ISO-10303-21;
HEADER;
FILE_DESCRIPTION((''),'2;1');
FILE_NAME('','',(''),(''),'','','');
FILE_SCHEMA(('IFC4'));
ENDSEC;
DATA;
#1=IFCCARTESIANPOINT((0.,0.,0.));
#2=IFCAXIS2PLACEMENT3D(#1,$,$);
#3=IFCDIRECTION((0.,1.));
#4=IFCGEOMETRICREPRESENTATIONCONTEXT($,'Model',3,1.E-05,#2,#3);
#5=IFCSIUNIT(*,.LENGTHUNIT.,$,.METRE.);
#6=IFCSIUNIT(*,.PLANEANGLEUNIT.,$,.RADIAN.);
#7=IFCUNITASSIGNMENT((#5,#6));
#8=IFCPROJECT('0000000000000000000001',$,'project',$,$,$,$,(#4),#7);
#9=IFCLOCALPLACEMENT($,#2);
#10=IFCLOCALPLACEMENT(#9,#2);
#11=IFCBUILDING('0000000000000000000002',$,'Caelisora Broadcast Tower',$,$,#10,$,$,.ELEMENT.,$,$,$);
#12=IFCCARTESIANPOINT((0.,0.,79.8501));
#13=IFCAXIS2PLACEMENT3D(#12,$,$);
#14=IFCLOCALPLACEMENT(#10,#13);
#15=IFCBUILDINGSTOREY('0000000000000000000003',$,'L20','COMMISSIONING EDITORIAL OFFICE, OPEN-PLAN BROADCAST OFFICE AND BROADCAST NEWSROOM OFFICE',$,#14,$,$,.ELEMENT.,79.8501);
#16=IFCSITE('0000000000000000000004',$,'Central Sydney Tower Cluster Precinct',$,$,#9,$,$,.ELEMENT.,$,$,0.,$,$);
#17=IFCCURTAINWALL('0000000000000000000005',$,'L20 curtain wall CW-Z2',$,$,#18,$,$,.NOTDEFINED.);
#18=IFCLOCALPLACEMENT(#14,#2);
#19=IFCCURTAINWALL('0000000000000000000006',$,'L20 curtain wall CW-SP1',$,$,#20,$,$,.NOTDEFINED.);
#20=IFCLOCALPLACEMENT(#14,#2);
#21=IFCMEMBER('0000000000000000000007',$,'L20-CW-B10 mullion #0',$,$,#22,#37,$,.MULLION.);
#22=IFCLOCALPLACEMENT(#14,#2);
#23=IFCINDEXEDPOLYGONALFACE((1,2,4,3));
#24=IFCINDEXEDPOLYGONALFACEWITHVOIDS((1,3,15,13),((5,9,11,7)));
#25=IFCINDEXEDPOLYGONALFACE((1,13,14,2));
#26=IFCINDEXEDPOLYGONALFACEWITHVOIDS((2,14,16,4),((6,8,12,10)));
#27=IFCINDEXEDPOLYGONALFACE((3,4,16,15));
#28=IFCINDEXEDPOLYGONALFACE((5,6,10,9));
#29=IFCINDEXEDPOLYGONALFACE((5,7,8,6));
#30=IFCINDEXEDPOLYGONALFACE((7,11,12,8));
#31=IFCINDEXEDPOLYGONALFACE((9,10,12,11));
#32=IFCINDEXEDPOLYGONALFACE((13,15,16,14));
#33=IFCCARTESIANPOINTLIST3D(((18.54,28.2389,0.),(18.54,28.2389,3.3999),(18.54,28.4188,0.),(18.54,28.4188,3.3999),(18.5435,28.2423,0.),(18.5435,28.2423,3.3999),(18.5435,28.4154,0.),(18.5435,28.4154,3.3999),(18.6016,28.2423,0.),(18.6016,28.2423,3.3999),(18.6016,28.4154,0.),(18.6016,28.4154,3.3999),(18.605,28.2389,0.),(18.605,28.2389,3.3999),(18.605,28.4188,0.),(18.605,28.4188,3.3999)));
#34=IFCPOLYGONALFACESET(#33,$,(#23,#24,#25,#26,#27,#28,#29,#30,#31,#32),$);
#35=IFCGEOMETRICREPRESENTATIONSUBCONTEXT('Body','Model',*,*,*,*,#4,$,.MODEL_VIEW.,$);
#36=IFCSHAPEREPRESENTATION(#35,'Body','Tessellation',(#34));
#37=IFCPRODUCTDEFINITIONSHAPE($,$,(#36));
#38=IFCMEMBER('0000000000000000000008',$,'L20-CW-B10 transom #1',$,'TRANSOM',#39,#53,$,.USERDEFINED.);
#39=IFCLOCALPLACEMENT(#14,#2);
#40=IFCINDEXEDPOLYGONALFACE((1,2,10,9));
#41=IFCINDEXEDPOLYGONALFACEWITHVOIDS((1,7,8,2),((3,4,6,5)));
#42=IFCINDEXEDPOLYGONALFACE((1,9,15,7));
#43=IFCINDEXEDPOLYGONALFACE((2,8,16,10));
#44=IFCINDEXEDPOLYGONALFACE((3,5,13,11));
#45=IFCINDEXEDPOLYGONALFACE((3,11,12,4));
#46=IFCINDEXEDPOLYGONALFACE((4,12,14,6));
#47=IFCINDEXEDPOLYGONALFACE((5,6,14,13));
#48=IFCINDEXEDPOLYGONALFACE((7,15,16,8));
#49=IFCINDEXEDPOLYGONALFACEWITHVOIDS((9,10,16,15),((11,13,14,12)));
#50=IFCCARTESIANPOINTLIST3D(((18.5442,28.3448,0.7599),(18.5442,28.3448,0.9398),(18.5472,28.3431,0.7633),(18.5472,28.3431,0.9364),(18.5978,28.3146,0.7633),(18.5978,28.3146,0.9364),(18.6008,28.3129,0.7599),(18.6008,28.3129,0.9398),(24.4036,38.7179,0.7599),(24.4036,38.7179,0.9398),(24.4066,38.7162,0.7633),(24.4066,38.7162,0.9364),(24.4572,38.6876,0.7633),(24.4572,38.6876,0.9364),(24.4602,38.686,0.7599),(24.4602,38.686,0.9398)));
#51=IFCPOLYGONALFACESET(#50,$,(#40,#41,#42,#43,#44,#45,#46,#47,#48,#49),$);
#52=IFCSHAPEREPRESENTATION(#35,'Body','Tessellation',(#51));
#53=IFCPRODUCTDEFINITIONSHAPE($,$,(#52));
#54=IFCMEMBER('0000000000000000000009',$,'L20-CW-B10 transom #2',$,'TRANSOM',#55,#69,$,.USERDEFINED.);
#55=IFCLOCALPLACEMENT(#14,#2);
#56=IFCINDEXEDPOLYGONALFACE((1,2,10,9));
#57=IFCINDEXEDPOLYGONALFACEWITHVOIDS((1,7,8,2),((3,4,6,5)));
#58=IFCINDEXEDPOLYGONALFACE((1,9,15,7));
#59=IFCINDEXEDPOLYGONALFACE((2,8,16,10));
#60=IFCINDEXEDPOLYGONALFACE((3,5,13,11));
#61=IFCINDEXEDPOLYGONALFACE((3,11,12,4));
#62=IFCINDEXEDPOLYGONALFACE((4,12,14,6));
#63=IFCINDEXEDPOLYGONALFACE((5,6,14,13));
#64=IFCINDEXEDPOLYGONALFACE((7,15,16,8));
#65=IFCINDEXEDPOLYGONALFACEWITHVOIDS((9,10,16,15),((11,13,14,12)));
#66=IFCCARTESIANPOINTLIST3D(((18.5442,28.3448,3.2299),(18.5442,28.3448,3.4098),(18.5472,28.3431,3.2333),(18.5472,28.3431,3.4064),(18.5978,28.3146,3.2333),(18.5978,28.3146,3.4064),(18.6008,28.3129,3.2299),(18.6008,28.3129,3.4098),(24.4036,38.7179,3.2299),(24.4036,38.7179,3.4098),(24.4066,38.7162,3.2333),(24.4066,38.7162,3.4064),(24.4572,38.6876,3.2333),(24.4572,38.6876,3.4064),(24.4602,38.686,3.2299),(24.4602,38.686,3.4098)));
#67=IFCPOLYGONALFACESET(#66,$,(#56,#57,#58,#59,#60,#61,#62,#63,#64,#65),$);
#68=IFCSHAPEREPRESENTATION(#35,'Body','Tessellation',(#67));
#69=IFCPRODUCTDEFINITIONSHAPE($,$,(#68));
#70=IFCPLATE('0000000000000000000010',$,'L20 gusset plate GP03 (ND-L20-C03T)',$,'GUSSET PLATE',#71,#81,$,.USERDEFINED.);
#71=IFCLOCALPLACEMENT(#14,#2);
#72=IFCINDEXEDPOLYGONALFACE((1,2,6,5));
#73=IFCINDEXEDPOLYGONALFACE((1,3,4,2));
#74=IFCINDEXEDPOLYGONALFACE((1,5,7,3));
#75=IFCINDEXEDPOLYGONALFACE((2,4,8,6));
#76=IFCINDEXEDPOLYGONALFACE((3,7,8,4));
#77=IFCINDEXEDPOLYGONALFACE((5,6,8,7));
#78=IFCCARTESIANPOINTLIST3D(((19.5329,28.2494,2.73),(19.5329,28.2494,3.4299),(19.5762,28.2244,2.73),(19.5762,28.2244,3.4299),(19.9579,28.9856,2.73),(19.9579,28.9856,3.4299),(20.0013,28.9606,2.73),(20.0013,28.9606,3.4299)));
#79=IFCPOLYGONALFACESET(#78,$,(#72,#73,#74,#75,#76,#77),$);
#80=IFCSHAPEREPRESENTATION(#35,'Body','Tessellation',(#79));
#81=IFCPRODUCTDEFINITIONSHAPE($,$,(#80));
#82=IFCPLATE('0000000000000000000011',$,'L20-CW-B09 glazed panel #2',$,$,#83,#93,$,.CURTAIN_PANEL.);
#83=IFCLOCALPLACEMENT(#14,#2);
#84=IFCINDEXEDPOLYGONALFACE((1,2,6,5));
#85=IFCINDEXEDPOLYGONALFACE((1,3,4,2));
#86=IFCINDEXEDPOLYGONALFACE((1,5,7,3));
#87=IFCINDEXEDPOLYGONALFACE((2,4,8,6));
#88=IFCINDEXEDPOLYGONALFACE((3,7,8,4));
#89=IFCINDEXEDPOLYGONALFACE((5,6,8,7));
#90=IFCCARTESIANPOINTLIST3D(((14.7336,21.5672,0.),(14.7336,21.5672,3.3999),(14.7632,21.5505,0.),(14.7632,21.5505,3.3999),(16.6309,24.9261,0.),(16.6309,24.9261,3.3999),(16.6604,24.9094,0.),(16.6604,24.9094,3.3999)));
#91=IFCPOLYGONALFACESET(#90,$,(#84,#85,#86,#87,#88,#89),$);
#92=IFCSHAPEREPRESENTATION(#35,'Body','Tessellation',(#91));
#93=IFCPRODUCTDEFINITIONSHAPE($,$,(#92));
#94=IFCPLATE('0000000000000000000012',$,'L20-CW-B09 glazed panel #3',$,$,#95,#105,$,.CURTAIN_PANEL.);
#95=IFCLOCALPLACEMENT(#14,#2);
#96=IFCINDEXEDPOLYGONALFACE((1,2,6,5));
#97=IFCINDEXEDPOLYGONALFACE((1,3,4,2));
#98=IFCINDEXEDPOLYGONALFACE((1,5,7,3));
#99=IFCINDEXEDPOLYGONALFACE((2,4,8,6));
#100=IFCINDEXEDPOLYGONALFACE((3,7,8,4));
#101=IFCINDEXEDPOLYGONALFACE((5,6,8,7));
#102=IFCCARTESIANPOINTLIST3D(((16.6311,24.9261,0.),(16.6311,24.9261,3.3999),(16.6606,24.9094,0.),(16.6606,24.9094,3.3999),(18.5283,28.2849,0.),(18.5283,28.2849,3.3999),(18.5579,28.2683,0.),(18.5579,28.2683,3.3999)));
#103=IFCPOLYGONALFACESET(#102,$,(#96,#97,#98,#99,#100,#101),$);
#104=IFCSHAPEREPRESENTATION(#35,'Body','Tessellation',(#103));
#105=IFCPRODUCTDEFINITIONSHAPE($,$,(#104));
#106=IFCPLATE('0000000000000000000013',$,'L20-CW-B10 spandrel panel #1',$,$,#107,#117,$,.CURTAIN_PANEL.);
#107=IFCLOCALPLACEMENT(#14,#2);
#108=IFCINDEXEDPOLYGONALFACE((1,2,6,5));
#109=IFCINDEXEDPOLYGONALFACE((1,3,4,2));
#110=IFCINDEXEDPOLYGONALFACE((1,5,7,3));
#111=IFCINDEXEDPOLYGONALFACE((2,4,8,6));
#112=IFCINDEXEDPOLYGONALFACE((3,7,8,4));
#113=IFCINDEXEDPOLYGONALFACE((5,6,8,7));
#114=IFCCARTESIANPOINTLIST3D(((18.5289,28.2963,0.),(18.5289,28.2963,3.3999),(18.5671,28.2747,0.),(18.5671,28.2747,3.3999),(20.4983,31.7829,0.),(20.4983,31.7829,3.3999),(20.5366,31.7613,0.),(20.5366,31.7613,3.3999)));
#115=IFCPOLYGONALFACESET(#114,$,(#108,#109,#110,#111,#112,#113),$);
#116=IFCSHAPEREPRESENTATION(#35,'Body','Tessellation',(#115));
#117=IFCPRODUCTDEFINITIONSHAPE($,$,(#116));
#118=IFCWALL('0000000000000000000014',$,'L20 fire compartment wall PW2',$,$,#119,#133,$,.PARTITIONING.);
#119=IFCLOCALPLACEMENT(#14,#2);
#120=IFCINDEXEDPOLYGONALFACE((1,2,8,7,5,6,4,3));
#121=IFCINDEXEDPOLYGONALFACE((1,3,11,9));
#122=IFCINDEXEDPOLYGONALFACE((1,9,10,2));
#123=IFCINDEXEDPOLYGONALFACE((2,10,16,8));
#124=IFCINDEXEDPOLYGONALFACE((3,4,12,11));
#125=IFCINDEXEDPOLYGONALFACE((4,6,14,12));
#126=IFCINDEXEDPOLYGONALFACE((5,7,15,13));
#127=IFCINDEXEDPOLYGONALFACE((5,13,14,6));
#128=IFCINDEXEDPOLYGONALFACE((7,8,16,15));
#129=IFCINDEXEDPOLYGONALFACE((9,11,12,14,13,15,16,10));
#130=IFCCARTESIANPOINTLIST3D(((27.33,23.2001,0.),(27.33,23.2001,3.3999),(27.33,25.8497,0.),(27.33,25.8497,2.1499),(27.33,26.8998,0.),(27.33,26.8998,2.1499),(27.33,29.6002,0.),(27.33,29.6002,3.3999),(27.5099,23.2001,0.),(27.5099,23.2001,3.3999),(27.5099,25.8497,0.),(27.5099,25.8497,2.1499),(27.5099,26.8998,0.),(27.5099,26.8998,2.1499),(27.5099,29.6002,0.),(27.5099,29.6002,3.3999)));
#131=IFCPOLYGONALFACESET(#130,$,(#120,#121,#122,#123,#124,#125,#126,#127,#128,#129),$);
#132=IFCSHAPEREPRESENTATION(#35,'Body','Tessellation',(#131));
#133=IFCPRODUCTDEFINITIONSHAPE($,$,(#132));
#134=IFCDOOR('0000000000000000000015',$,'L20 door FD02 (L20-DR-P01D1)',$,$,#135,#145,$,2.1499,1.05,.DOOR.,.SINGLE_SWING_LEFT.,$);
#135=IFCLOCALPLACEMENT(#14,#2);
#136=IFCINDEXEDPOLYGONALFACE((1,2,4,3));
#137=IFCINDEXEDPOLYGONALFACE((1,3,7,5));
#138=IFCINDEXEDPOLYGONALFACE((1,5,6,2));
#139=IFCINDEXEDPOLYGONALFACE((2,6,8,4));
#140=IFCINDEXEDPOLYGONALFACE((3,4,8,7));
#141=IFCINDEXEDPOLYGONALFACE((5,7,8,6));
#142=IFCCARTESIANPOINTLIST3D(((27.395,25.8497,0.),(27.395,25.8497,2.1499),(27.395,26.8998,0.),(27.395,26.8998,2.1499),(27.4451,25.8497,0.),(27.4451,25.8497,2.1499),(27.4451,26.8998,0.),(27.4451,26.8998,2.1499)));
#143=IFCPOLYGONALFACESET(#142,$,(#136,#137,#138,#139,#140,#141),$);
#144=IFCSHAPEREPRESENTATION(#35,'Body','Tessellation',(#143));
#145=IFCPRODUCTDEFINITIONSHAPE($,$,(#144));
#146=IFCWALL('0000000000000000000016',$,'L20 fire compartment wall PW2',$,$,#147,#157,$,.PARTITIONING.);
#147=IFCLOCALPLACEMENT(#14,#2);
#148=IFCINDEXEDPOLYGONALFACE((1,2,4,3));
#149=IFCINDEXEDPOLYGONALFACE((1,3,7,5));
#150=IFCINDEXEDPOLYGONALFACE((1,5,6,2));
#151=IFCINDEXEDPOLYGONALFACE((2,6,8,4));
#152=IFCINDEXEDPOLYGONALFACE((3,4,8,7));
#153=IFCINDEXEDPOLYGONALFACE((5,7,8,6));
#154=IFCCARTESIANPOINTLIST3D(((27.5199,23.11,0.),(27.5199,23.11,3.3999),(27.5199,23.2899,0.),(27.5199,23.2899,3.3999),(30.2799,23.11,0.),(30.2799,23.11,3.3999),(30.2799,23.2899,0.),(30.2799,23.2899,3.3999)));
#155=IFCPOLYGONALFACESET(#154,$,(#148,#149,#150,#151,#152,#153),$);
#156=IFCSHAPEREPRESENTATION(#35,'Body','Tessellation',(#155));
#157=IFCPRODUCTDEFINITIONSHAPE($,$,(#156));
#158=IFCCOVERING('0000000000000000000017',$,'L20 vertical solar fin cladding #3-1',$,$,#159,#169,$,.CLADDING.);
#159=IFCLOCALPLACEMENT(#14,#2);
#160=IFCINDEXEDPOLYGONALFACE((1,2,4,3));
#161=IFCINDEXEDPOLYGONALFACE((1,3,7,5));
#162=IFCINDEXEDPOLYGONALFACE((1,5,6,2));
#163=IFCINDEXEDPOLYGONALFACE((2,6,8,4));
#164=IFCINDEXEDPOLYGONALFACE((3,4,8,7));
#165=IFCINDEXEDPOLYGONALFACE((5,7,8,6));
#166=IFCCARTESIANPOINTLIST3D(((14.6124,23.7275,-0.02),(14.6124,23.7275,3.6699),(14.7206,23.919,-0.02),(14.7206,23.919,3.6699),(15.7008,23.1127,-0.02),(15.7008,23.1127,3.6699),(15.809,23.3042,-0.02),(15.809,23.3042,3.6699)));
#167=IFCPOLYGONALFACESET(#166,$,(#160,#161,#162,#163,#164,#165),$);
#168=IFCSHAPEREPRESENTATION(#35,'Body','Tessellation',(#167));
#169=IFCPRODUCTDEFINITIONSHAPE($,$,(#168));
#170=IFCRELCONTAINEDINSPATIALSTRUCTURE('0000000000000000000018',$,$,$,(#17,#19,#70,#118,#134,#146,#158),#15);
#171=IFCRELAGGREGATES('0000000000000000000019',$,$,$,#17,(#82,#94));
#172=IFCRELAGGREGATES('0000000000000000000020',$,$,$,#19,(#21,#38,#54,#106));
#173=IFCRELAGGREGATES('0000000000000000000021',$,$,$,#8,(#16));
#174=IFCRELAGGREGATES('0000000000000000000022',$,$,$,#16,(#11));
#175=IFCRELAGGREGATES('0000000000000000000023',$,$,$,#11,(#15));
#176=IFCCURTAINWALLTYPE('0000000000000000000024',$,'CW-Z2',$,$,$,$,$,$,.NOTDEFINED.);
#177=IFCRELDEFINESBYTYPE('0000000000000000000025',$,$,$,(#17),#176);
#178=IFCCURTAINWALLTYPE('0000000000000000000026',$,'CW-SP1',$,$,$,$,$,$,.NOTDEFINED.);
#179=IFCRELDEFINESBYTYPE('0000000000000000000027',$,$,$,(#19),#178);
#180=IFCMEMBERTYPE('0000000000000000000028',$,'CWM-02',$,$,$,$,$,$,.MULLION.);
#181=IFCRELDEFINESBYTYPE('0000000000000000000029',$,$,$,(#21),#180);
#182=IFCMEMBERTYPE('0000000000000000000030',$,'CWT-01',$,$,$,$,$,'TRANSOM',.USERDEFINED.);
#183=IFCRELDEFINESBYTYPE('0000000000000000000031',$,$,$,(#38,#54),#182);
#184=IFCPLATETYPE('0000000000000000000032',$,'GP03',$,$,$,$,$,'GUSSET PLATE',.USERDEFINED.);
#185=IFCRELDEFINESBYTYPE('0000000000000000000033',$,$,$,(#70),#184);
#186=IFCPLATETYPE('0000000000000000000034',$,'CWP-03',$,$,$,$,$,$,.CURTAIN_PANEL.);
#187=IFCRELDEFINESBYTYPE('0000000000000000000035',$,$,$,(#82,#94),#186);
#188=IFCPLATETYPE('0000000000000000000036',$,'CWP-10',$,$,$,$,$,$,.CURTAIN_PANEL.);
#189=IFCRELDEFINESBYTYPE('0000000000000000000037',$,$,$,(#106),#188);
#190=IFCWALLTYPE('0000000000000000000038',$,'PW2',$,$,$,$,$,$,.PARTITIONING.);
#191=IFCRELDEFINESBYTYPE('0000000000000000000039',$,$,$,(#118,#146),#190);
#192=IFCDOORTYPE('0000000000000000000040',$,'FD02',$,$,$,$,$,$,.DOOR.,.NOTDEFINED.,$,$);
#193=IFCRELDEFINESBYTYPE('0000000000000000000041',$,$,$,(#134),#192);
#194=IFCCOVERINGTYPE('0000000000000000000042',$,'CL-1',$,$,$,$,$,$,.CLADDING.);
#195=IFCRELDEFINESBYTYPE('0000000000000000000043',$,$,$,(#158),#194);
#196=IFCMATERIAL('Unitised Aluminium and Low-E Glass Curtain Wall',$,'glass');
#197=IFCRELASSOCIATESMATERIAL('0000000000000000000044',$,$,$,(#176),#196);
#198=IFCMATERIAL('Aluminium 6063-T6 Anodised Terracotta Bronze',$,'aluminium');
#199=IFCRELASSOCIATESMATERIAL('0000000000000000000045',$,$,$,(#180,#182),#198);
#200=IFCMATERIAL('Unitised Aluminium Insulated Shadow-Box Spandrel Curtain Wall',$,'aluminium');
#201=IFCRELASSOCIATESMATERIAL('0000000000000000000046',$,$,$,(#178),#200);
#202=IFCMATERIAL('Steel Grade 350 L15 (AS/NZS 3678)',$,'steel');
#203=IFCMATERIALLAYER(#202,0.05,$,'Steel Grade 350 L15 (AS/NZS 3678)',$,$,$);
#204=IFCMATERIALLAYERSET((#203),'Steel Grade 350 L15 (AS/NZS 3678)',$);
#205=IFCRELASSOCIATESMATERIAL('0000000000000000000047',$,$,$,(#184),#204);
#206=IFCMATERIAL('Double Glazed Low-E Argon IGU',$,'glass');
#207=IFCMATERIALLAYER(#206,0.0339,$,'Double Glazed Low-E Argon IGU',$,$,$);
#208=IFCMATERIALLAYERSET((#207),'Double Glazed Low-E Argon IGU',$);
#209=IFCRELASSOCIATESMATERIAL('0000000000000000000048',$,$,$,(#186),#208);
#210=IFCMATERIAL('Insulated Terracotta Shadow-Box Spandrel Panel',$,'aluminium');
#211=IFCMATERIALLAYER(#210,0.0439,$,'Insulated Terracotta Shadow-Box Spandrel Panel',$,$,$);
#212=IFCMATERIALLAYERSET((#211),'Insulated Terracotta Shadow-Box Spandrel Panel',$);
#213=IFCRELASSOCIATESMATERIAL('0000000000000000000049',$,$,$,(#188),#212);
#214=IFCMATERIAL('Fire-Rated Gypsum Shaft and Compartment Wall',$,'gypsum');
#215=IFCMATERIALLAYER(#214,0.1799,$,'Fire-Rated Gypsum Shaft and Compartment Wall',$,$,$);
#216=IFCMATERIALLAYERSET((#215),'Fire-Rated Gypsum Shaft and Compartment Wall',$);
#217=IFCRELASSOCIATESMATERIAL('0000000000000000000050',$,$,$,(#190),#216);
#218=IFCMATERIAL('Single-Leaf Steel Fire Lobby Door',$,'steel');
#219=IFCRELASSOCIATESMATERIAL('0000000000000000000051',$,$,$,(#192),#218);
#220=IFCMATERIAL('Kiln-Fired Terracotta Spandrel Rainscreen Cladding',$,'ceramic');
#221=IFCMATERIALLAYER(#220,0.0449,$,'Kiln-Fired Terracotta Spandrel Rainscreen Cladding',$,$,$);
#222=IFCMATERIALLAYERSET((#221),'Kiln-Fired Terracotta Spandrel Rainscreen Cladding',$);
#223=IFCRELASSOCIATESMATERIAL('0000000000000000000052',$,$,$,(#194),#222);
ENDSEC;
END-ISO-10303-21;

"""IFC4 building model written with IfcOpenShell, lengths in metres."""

from ifc_helpers import new_model, si_unit, direction, frame, frame_2d, origin, origin_2d, place, context, subcontext, project, spatial, rectangle, hollow_rectangle, extrude, source, transform, mapped, material, layer, layer_set, material_profile, profile_set, type_object, type_shapes, element, fill, aggregate, save


model = new_model("IFC4")

# Units and contexts
model_context = context("Model", 3, precision=1e-05, world=origin(), true_north=direction((0.0, 1.0)))
body_context = subcontext(model_context, "Body", "Model", "MODEL_VIEW")
ifc_project = project(units=[si_unit("LENGTHUNIT", "METRE"), si_unit("PLANEANGLEUNIT", "RADIAN")], contexts=[model_context])

# Site, building, storey
site_placement = place(None, origin())
site = spatial("IfcSite", under=ifc_project, at=site_placement, Name="Central Sydney Tower Cluster Precinct", CompositionType="ELEMENT", RefElevation=0.0)
building_placement = place(site_placement, origin())
building = spatial("IfcBuilding", under=site, at=building_placement, Name="Caelisora Broadcast Tower", CompositionType="ELEMENT")
storey_placement = place(building_placement, frame((0.0, 0.0, 79.8501)))
storey = spatial("IfcBuildingStorey", under=building, at=storey_placement, Name="L20", Description="COMMISSIONING EDITORIAL OFFICE, OPEN-PLAN BROADCAST OFFICE AND BROADCAST NEWSROOM OFFICE", CompositionType="ELEMENT", Elevation=79.8501)

# Shared definitions
ifc_material_1 = material(Name="Steel Grade 350 L15 (AS/NZS 3678)", Category="steel")

# Curtain walls, members
ifc_material_2 = material(Name="Unitised Aluminium and Low-E Glass Curtain Wall", Category="glass")
curtain_wall_type_1 = type_object("IfcCurtainWallType", Name="CW-Z2", PredefinedType="NOTDEFINED", material=ifc_material_2)
curtain_wall_1_placement = place(storey_placement, origin())
curtain_wall_1 = element("IfcCurtainWall", 1, at=curtain_wall_1_placement, inside=storey, type_object=curtain_wall_type_1, Name="L20 curtain wall CW-Z2", PredefinedType="NOTDEFINED")
ifc_material_3 = material(Name="Aluminium 6063-T6 Anodised Terracotta Bronze", Category="aluminium")
ifc_material_profile_1 = material_profile(ifc_material_3, hollow_rectangle(XDim=0.0649, YDim=0.1799, WallThickness=0.0034, at=origin_2d()), Name="Aluminium 6063-T6 Anodised Terracotta Bronze")
ifc_profile_set_1 = profile_set([ifc_material_profile_1], Name="Aluminium 6063-T6 Anodised Terracotta Bronze")
member_type_1 = type_object("IfcMemberType", Name="CWM-02", PredefinedType="MULLION", material=ifc_profile_set_1)
shared_shape_1 = source(origin(), body_context, "Body", "SweptSolid", [
    extrude(hollow_rectangle(XDim=0.0649, YDim=0.1799, WallThickness=0.0034, at=origin_2d()), origin(), (0.0, 0.0, 1.0), 3.3999),
])
type_shapes(member_type_1, [shared_shape_1])
ifc_material_4 = material(Name="Unitised Aluminium Insulated Shadow-Box Spandrel Curtain Wall", Category="aluminium")
curtain_wall_type_2 = type_object("IfcCurtainWallType", Name="CW-SP1", PredefinedType="NOTDEFINED", material=ifc_material_4)
curtain_wall_2_placement = place(storey_placement, origin())
curtain_wall_2 = element("IfcCurtainWall", 2, at=curtain_wall_2_placement, inside=storey, type_object=curtain_wall_type_2, Name="L20 curtain wall CW-SP1", PredefinedType="NOTDEFINED")
member_1_placement = place(storey_placement, frame((18.5725, 28.3289, 0.0), z_axis=(0.0, 0.0, 1.0), x_axis=(1.0, 0.0, 0.0)))
member_1 = element("IfcMember", 3, at=member_1_placement, type_object=member_type_1, Name="L20-CW-B10 mullion #0", PredefinedType="MULLION", context=body_context, shape_type="MappedRepresentation", body=[
    mapped(shared_shape_1, transform((0.0, 0.0, 0.0), scale=1.0)),
])
ifc_material_profile_2 = material_profile(ifc_material_3, hollow_rectangle(XDim=0.0649, YDim=0.1799, WallThickness=0.0034, at=origin_2d()), Name="Aluminium 6063-T6 Anodised Terracotta Bronze")
ifc_profile_set_2 = profile_set([ifc_material_profile_2], Name="Aluminium 6063-T6 Anodised Terracotta Bronze")
member_type_2 = type_object("IfcMemberType", Name="CWT-01", ElementType="TRANSOM", PredefinedType="USERDEFINED", material=ifc_profile_set_2)
shared_shape_2 = source(origin(), body_context, "Body", "SweptSolid", [
    extrude(hollow_rectangle(XDim=0.0649, YDim=0.1799, WallThickness=0.0034, at=origin_2d()), origin(), (0.0, 0.0, 1.0), 11.9136),
])
type_shapes(member_type_2, [shared_shape_2])
member_2_placement = place(storey_placement, frame((18.5725, 28.3289, 0.8499), z_axis=(0.491825, 0.870694, 0.0), x_axis=(-0.870694, 0.491825, 0.0)))
member_2 = element("IfcMember", 4, at=member_2_placement, type_object=member_type_2, Name="L20-CW-B10 transom #1", ObjectType="TRANSOM", PredefinedType="USERDEFINED", context=body_context, shape_type="MappedRepresentation", body=[
    mapped(shared_shape_2, transform((0.0, 0.0, 0.0), scale=1.0)),
])
member_3_placement = place(storey_placement, frame((18.5725, 28.3289, 3.3198), z_axis=(0.491825, 0.870694, 0.0), x_axis=(-0.870694, 0.491825, 0.0)))
member_3 = element("IfcMember", 5, at=member_3_placement, type_object=member_type_2, Name="L20-CW-B10 transom #2", ObjectType="TRANSOM", PredefinedType="USERDEFINED", context=body_context, shape_type="MappedRepresentation", body=[
    mapped(shared_shape_2, transform((0.0, 0.0, 0.0), scale=1.0)),
])

# Plates
ifc_layer_1 = layer(ifc_material_1, 0.05, Name="Steel Grade 350 L15 (AS/NZS 3678)")
ifc_layer_set_1 = layer_set([ifc_layer_1], Name="Steel Grade 350 L15 (AS/NZS 3678)")
plate_type_1 = type_object("IfcPlateType", Name="GP03", ElementType="GUSSET PLATE", PredefinedType="USERDEFINED", material=ifc_layer_set_1)
shared_shape_3 = source(origin(), body_context, "Body", "SweptSolid", [
    extrude(rectangle(XDim=0.8501, YDim=0.05, at=origin_2d()), origin(), (0.0, 0.0, 1.0), 0.7),
])
type_shapes(plate_type_1, [shared_shape_3])
plate_1_placement = place(storey_placement, frame((19.7671, 28.605, 2.73), z_axis=(0.0, 0.0, 1.0), x_axis=(-0.5, -0.866025, 0.0)))
element("IfcPlate", 6, at=plate_1_placement, inside=storey, type_object=plate_type_1, Name="L20 gusset plate GP03 (ND-L20-C03T)", ObjectType="GUSSET PLATE", PredefinedType="USERDEFINED", context=body_context, shape_type="MappedRepresentation", body=[
    mapped(shared_shape_3, transform((0.0, 0.0, 0.0), scale=1.0)),
])
ifc_material_5 = material(Name="Double Glazed Low-E Argon IGU", Category="glass")
ifc_layer_2 = layer(ifc_material_5, 0.0339, Name="Double Glazed Low-E Argon IGU")
ifc_layer_set_2 = layer_set([ifc_layer_2], Name="Double Glazed Low-E Argon IGU")
plate_type_2 = type_object("IfcPlateType", Name="CWP-03", PredefinedType="CURTAIN_PANEL", material=ifc_layer_set_2)
shared_shape_4 = source(origin(), body_context, "Body", "SweptSolid", [
    extrude(rectangle(XDim=3.8577, YDim=0.0339, at=origin_2d()), origin(), (0.0, 0.0, 1.0), 3.3999),
])
type_shapes(plate_type_2, [shared_shape_4])
plate_2_placement = place(storey_placement, frame((15.697, 23.2383, 0.0), z_axis=(0.0, 0.0, 1.0), x_axis=(0.491816, 0.870699, 0.0)))
plate_2 = element("IfcPlate", 7, at=plate_2_placement, type_object=plate_type_2, Name="L20-CW-B09 glazed panel #2", PredefinedType="CURTAIN_PANEL", context=body_context, shape_type="MappedRepresentation", body=[
    mapped(shared_shape_4, transform((0.0, 0.0, 0.0), scale=1.0)),
])
plate_3_placement = place(storey_placement, frame((17.5945, 26.5972, 0.0), z_axis=(0.0, 0.0, 1.0), x_axis=(0.491816, 0.870699, 0.0)))
plate_3 = element("IfcPlate", 8, at=plate_3_placement, type_object=plate_type_2, Name="L20-CW-B09 glazed panel #3", PredefinedType="CURTAIN_PANEL", context=body_context, shape_type="MappedRepresentation", body=[
    mapped(shared_shape_4, transform((0.0, 0.0, 0.0), scale=1.0)),
])
aggregate(curtain_wall_1, [plate_2, plate_3])
ifc_material_6 = material(Name="Insulated Terracotta Shadow-Box Spandrel Panel", Category="aluminium")
ifc_layer_3 = layer(ifc_material_6, 0.0439, Name="Insulated Terracotta Shadow-Box Spandrel Panel")
ifc_layer_set_3 = layer_set([ifc_layer_3], Name="Insulated Terracotta Shadow-Box Spandrel Panel")
plate_type_3 = type_object("IfcPlateType", Name="CWP-10", PredefinedType="CURTAIN_PANEL", material=ifc_layer_set_3)
shared_shape_5 = source(origin(), body_context, "Body", "SweptSolid", [
    extrude(rectangle(XDim=4.0044, YDim=0.0439, at=origin_2d()), origin(), (0.0, 0.0, 1.0), 3.3999),
])
type_shapes(plate_type_3, [shared_shape_5])
plate_4_placement = place(storey_placement, frame((19.5327, 30.0288, 0.0), z_axis=(0.0, 0.0, 1.0), x_axis=(0.491816, 0.870699, 0.0)))
plate_4 = element("IfcPlate", 9, at=plate_4_placement, type_object=plate_type_3, Name="L20-CW-B10 spandrel panel #1", PredefinedType="CURTAIN_PANEL", context=body_context, shape_type="MappedRepresentation", body=[
    mapped(shared_shape_5, transform((0.0, 0.0, 0.0), scale=1.0)),
])
aggregate(curtain_wall_2, [member_1, member_2, member_3, plate_4])

# Wall, opening, door
ifc_material_7 = material(Name="Fire-Rated Gypsum Shaft and Compartment Wall", Category="gypsum")
ifc_layer_4 = layer(ifc_material_7, 0.1799, Name="Fire-Rated Gypsum Shaft and Compartment Wall")
ifc_layer_set_4 = layer_set([ifc_layer_4], Name="Fire-Rated Gypsum Shaft and Compartment Wall")
wall_type = type_object("IfcWallType", Name="PW2", PredefinedType="PARTITIONING", material=ifc_layer_set_4)
wall_1_placement = place(storey_placement, frame((27.4199, 23.2, 0.0), z_axis=(0.0, 0.0, 1.0), x_axis=(0.0, 1.0, 0.0)))
wall_1 = element("IfcWall", 10, at=wall_1_placement, inside=storey, type_object=wall_type, Name="L20 fire compartment wall PW2", PredefinedType="PARTITIONING", context=body_context, shape_type="SweptSolid", body=[
    extrude(rectangle(XDim=6.4001, YDim=0.1799, at=frame_2d((3.2002, 0.0))), origin(), (0.0, 0.0, 1.0), 3.3999),
])
opening_placement = place(wall_1_placement, frame((2.6499, 0.0, 0.0)))
opening = element("IfcOpeningElement", 11, at=opening_placement, cuts=wall_1, PredefinedType="OPENING", context=body_context, shape_type="SweptSolid", body=[
    extrude(rectangle(XDim=1.05, YDim=2.1499, at=frame_2d((0.5249, 1.075))), frame((0.0, 0.1021, 0.0), z_axis=(0.0, -1.0, 0.0), x_axis=(1.0, 0.0, 0.0)), (0.0, 0.0, 1.0), 0.2039),
])
ifc_material_8 = material(Name="Single-Leaf Steel Fire Lobby Door", Category="steel")
door_type = type_object("IfcDoorType", Name="FD02", OperationType="NOTDEFINED", PredefinedType="DOOR", material=ifc_material_8)
door_placement = place(opening_placement, origin())
door = element("IfcDoor", 12, at=door_placement, inside=storey, type_object=door_type, Name="L20 door FD02 (L20-DR-P01D1)", OperationType="SINGLE_SWING_LEFT", OverallHeight=2.1499, OverallWidth=1.05, PredefinedType="DOOR", context=body_context, shape_type="SweptSolid", body=[
    extrude(rectangle(XDim=1.05, YDim=2.1499, at=frame_2d((0.5249, 1.075))), frame((0.0, 0.0249, 0.0), z_axis=(0.0, -1.0, 0.0), x_axis=(1.0, 0.0, 0.0)), (0.0, 0.0, 1.0), 0.05),
])
fill(opening, door)

# Wall
wall_2_placement = place(storey_placement, frame((27.52, 23.2, 0.0), z_axis=(0.0, 0.0, 1.0), x_axis=(1.0, 0.0, 0.0)))
element("IfcWall", 13, at=wall_2_placement, inside=storey, type_object=wall_type, Name="L20 fire compartment wall PW2", PredefinedType="PARTITIONING", context=body_context, shape_type="SweptSolid", body=[
    extrude(rectangle(XDim=2.76, YDim=0.1799, at=frame_2d((1.3799, 0.0))), origin(), (0.0, 0.0, 1.0), 3.3999),
])

# Covering
ifc_material_9 = material(Name="Kiln-Fired Terracotta Spandrel Rainscreen Cladding", Category="ceramic")
ifc_layer_5 = layer(ifc_material_9, 0.0449, Name="Kiln-Fired Terracotta Spandrel Rainscreen Cladding")
ifc_layer_set_5 = layer_set([ifc_layer_5], Name="Kiln-Fired Terracotta Spandrel Rainscreen Cladding")
covering_type = type_object("IfcCoveringType", Name="CL-1", PredefinedType="CLADDING", material=ifc_layer_set_5)
shared_shape_6 = source(origin(), body_context, "Body", "SweptSolid", [
    extrude(rectangle(XDim=0.22, YDim=1.25, at=origin_2d()), origin(), (0.0, 0.0, 1.0), 3.6899),
])
type_shapes(covering_type, [shared_shape_6])
for number, where, z_axis, x_axis, name in (
    (14, (15.2107, 23.5159, -0.02), (0.0, 0.0, 1.0), (0.491816, 0.870699, 0.0), "L20 vertical solar fin cladding #3-1"),
):
    element("IfcCovering", number, at=place(storey_placement, frame(where, z_axis=z_axis, x_axis=x_axis)), inside=storey, type_object=covering_type, Name=name, PredefinedType="CLADDING", context=body_context, shape_type="MappedRepresentation", body=[
        mapped(shared_shape_6, transform((0.0, 0.0, 0.0), scale=1.0)),
    ])

save(model, "model.ifc")
